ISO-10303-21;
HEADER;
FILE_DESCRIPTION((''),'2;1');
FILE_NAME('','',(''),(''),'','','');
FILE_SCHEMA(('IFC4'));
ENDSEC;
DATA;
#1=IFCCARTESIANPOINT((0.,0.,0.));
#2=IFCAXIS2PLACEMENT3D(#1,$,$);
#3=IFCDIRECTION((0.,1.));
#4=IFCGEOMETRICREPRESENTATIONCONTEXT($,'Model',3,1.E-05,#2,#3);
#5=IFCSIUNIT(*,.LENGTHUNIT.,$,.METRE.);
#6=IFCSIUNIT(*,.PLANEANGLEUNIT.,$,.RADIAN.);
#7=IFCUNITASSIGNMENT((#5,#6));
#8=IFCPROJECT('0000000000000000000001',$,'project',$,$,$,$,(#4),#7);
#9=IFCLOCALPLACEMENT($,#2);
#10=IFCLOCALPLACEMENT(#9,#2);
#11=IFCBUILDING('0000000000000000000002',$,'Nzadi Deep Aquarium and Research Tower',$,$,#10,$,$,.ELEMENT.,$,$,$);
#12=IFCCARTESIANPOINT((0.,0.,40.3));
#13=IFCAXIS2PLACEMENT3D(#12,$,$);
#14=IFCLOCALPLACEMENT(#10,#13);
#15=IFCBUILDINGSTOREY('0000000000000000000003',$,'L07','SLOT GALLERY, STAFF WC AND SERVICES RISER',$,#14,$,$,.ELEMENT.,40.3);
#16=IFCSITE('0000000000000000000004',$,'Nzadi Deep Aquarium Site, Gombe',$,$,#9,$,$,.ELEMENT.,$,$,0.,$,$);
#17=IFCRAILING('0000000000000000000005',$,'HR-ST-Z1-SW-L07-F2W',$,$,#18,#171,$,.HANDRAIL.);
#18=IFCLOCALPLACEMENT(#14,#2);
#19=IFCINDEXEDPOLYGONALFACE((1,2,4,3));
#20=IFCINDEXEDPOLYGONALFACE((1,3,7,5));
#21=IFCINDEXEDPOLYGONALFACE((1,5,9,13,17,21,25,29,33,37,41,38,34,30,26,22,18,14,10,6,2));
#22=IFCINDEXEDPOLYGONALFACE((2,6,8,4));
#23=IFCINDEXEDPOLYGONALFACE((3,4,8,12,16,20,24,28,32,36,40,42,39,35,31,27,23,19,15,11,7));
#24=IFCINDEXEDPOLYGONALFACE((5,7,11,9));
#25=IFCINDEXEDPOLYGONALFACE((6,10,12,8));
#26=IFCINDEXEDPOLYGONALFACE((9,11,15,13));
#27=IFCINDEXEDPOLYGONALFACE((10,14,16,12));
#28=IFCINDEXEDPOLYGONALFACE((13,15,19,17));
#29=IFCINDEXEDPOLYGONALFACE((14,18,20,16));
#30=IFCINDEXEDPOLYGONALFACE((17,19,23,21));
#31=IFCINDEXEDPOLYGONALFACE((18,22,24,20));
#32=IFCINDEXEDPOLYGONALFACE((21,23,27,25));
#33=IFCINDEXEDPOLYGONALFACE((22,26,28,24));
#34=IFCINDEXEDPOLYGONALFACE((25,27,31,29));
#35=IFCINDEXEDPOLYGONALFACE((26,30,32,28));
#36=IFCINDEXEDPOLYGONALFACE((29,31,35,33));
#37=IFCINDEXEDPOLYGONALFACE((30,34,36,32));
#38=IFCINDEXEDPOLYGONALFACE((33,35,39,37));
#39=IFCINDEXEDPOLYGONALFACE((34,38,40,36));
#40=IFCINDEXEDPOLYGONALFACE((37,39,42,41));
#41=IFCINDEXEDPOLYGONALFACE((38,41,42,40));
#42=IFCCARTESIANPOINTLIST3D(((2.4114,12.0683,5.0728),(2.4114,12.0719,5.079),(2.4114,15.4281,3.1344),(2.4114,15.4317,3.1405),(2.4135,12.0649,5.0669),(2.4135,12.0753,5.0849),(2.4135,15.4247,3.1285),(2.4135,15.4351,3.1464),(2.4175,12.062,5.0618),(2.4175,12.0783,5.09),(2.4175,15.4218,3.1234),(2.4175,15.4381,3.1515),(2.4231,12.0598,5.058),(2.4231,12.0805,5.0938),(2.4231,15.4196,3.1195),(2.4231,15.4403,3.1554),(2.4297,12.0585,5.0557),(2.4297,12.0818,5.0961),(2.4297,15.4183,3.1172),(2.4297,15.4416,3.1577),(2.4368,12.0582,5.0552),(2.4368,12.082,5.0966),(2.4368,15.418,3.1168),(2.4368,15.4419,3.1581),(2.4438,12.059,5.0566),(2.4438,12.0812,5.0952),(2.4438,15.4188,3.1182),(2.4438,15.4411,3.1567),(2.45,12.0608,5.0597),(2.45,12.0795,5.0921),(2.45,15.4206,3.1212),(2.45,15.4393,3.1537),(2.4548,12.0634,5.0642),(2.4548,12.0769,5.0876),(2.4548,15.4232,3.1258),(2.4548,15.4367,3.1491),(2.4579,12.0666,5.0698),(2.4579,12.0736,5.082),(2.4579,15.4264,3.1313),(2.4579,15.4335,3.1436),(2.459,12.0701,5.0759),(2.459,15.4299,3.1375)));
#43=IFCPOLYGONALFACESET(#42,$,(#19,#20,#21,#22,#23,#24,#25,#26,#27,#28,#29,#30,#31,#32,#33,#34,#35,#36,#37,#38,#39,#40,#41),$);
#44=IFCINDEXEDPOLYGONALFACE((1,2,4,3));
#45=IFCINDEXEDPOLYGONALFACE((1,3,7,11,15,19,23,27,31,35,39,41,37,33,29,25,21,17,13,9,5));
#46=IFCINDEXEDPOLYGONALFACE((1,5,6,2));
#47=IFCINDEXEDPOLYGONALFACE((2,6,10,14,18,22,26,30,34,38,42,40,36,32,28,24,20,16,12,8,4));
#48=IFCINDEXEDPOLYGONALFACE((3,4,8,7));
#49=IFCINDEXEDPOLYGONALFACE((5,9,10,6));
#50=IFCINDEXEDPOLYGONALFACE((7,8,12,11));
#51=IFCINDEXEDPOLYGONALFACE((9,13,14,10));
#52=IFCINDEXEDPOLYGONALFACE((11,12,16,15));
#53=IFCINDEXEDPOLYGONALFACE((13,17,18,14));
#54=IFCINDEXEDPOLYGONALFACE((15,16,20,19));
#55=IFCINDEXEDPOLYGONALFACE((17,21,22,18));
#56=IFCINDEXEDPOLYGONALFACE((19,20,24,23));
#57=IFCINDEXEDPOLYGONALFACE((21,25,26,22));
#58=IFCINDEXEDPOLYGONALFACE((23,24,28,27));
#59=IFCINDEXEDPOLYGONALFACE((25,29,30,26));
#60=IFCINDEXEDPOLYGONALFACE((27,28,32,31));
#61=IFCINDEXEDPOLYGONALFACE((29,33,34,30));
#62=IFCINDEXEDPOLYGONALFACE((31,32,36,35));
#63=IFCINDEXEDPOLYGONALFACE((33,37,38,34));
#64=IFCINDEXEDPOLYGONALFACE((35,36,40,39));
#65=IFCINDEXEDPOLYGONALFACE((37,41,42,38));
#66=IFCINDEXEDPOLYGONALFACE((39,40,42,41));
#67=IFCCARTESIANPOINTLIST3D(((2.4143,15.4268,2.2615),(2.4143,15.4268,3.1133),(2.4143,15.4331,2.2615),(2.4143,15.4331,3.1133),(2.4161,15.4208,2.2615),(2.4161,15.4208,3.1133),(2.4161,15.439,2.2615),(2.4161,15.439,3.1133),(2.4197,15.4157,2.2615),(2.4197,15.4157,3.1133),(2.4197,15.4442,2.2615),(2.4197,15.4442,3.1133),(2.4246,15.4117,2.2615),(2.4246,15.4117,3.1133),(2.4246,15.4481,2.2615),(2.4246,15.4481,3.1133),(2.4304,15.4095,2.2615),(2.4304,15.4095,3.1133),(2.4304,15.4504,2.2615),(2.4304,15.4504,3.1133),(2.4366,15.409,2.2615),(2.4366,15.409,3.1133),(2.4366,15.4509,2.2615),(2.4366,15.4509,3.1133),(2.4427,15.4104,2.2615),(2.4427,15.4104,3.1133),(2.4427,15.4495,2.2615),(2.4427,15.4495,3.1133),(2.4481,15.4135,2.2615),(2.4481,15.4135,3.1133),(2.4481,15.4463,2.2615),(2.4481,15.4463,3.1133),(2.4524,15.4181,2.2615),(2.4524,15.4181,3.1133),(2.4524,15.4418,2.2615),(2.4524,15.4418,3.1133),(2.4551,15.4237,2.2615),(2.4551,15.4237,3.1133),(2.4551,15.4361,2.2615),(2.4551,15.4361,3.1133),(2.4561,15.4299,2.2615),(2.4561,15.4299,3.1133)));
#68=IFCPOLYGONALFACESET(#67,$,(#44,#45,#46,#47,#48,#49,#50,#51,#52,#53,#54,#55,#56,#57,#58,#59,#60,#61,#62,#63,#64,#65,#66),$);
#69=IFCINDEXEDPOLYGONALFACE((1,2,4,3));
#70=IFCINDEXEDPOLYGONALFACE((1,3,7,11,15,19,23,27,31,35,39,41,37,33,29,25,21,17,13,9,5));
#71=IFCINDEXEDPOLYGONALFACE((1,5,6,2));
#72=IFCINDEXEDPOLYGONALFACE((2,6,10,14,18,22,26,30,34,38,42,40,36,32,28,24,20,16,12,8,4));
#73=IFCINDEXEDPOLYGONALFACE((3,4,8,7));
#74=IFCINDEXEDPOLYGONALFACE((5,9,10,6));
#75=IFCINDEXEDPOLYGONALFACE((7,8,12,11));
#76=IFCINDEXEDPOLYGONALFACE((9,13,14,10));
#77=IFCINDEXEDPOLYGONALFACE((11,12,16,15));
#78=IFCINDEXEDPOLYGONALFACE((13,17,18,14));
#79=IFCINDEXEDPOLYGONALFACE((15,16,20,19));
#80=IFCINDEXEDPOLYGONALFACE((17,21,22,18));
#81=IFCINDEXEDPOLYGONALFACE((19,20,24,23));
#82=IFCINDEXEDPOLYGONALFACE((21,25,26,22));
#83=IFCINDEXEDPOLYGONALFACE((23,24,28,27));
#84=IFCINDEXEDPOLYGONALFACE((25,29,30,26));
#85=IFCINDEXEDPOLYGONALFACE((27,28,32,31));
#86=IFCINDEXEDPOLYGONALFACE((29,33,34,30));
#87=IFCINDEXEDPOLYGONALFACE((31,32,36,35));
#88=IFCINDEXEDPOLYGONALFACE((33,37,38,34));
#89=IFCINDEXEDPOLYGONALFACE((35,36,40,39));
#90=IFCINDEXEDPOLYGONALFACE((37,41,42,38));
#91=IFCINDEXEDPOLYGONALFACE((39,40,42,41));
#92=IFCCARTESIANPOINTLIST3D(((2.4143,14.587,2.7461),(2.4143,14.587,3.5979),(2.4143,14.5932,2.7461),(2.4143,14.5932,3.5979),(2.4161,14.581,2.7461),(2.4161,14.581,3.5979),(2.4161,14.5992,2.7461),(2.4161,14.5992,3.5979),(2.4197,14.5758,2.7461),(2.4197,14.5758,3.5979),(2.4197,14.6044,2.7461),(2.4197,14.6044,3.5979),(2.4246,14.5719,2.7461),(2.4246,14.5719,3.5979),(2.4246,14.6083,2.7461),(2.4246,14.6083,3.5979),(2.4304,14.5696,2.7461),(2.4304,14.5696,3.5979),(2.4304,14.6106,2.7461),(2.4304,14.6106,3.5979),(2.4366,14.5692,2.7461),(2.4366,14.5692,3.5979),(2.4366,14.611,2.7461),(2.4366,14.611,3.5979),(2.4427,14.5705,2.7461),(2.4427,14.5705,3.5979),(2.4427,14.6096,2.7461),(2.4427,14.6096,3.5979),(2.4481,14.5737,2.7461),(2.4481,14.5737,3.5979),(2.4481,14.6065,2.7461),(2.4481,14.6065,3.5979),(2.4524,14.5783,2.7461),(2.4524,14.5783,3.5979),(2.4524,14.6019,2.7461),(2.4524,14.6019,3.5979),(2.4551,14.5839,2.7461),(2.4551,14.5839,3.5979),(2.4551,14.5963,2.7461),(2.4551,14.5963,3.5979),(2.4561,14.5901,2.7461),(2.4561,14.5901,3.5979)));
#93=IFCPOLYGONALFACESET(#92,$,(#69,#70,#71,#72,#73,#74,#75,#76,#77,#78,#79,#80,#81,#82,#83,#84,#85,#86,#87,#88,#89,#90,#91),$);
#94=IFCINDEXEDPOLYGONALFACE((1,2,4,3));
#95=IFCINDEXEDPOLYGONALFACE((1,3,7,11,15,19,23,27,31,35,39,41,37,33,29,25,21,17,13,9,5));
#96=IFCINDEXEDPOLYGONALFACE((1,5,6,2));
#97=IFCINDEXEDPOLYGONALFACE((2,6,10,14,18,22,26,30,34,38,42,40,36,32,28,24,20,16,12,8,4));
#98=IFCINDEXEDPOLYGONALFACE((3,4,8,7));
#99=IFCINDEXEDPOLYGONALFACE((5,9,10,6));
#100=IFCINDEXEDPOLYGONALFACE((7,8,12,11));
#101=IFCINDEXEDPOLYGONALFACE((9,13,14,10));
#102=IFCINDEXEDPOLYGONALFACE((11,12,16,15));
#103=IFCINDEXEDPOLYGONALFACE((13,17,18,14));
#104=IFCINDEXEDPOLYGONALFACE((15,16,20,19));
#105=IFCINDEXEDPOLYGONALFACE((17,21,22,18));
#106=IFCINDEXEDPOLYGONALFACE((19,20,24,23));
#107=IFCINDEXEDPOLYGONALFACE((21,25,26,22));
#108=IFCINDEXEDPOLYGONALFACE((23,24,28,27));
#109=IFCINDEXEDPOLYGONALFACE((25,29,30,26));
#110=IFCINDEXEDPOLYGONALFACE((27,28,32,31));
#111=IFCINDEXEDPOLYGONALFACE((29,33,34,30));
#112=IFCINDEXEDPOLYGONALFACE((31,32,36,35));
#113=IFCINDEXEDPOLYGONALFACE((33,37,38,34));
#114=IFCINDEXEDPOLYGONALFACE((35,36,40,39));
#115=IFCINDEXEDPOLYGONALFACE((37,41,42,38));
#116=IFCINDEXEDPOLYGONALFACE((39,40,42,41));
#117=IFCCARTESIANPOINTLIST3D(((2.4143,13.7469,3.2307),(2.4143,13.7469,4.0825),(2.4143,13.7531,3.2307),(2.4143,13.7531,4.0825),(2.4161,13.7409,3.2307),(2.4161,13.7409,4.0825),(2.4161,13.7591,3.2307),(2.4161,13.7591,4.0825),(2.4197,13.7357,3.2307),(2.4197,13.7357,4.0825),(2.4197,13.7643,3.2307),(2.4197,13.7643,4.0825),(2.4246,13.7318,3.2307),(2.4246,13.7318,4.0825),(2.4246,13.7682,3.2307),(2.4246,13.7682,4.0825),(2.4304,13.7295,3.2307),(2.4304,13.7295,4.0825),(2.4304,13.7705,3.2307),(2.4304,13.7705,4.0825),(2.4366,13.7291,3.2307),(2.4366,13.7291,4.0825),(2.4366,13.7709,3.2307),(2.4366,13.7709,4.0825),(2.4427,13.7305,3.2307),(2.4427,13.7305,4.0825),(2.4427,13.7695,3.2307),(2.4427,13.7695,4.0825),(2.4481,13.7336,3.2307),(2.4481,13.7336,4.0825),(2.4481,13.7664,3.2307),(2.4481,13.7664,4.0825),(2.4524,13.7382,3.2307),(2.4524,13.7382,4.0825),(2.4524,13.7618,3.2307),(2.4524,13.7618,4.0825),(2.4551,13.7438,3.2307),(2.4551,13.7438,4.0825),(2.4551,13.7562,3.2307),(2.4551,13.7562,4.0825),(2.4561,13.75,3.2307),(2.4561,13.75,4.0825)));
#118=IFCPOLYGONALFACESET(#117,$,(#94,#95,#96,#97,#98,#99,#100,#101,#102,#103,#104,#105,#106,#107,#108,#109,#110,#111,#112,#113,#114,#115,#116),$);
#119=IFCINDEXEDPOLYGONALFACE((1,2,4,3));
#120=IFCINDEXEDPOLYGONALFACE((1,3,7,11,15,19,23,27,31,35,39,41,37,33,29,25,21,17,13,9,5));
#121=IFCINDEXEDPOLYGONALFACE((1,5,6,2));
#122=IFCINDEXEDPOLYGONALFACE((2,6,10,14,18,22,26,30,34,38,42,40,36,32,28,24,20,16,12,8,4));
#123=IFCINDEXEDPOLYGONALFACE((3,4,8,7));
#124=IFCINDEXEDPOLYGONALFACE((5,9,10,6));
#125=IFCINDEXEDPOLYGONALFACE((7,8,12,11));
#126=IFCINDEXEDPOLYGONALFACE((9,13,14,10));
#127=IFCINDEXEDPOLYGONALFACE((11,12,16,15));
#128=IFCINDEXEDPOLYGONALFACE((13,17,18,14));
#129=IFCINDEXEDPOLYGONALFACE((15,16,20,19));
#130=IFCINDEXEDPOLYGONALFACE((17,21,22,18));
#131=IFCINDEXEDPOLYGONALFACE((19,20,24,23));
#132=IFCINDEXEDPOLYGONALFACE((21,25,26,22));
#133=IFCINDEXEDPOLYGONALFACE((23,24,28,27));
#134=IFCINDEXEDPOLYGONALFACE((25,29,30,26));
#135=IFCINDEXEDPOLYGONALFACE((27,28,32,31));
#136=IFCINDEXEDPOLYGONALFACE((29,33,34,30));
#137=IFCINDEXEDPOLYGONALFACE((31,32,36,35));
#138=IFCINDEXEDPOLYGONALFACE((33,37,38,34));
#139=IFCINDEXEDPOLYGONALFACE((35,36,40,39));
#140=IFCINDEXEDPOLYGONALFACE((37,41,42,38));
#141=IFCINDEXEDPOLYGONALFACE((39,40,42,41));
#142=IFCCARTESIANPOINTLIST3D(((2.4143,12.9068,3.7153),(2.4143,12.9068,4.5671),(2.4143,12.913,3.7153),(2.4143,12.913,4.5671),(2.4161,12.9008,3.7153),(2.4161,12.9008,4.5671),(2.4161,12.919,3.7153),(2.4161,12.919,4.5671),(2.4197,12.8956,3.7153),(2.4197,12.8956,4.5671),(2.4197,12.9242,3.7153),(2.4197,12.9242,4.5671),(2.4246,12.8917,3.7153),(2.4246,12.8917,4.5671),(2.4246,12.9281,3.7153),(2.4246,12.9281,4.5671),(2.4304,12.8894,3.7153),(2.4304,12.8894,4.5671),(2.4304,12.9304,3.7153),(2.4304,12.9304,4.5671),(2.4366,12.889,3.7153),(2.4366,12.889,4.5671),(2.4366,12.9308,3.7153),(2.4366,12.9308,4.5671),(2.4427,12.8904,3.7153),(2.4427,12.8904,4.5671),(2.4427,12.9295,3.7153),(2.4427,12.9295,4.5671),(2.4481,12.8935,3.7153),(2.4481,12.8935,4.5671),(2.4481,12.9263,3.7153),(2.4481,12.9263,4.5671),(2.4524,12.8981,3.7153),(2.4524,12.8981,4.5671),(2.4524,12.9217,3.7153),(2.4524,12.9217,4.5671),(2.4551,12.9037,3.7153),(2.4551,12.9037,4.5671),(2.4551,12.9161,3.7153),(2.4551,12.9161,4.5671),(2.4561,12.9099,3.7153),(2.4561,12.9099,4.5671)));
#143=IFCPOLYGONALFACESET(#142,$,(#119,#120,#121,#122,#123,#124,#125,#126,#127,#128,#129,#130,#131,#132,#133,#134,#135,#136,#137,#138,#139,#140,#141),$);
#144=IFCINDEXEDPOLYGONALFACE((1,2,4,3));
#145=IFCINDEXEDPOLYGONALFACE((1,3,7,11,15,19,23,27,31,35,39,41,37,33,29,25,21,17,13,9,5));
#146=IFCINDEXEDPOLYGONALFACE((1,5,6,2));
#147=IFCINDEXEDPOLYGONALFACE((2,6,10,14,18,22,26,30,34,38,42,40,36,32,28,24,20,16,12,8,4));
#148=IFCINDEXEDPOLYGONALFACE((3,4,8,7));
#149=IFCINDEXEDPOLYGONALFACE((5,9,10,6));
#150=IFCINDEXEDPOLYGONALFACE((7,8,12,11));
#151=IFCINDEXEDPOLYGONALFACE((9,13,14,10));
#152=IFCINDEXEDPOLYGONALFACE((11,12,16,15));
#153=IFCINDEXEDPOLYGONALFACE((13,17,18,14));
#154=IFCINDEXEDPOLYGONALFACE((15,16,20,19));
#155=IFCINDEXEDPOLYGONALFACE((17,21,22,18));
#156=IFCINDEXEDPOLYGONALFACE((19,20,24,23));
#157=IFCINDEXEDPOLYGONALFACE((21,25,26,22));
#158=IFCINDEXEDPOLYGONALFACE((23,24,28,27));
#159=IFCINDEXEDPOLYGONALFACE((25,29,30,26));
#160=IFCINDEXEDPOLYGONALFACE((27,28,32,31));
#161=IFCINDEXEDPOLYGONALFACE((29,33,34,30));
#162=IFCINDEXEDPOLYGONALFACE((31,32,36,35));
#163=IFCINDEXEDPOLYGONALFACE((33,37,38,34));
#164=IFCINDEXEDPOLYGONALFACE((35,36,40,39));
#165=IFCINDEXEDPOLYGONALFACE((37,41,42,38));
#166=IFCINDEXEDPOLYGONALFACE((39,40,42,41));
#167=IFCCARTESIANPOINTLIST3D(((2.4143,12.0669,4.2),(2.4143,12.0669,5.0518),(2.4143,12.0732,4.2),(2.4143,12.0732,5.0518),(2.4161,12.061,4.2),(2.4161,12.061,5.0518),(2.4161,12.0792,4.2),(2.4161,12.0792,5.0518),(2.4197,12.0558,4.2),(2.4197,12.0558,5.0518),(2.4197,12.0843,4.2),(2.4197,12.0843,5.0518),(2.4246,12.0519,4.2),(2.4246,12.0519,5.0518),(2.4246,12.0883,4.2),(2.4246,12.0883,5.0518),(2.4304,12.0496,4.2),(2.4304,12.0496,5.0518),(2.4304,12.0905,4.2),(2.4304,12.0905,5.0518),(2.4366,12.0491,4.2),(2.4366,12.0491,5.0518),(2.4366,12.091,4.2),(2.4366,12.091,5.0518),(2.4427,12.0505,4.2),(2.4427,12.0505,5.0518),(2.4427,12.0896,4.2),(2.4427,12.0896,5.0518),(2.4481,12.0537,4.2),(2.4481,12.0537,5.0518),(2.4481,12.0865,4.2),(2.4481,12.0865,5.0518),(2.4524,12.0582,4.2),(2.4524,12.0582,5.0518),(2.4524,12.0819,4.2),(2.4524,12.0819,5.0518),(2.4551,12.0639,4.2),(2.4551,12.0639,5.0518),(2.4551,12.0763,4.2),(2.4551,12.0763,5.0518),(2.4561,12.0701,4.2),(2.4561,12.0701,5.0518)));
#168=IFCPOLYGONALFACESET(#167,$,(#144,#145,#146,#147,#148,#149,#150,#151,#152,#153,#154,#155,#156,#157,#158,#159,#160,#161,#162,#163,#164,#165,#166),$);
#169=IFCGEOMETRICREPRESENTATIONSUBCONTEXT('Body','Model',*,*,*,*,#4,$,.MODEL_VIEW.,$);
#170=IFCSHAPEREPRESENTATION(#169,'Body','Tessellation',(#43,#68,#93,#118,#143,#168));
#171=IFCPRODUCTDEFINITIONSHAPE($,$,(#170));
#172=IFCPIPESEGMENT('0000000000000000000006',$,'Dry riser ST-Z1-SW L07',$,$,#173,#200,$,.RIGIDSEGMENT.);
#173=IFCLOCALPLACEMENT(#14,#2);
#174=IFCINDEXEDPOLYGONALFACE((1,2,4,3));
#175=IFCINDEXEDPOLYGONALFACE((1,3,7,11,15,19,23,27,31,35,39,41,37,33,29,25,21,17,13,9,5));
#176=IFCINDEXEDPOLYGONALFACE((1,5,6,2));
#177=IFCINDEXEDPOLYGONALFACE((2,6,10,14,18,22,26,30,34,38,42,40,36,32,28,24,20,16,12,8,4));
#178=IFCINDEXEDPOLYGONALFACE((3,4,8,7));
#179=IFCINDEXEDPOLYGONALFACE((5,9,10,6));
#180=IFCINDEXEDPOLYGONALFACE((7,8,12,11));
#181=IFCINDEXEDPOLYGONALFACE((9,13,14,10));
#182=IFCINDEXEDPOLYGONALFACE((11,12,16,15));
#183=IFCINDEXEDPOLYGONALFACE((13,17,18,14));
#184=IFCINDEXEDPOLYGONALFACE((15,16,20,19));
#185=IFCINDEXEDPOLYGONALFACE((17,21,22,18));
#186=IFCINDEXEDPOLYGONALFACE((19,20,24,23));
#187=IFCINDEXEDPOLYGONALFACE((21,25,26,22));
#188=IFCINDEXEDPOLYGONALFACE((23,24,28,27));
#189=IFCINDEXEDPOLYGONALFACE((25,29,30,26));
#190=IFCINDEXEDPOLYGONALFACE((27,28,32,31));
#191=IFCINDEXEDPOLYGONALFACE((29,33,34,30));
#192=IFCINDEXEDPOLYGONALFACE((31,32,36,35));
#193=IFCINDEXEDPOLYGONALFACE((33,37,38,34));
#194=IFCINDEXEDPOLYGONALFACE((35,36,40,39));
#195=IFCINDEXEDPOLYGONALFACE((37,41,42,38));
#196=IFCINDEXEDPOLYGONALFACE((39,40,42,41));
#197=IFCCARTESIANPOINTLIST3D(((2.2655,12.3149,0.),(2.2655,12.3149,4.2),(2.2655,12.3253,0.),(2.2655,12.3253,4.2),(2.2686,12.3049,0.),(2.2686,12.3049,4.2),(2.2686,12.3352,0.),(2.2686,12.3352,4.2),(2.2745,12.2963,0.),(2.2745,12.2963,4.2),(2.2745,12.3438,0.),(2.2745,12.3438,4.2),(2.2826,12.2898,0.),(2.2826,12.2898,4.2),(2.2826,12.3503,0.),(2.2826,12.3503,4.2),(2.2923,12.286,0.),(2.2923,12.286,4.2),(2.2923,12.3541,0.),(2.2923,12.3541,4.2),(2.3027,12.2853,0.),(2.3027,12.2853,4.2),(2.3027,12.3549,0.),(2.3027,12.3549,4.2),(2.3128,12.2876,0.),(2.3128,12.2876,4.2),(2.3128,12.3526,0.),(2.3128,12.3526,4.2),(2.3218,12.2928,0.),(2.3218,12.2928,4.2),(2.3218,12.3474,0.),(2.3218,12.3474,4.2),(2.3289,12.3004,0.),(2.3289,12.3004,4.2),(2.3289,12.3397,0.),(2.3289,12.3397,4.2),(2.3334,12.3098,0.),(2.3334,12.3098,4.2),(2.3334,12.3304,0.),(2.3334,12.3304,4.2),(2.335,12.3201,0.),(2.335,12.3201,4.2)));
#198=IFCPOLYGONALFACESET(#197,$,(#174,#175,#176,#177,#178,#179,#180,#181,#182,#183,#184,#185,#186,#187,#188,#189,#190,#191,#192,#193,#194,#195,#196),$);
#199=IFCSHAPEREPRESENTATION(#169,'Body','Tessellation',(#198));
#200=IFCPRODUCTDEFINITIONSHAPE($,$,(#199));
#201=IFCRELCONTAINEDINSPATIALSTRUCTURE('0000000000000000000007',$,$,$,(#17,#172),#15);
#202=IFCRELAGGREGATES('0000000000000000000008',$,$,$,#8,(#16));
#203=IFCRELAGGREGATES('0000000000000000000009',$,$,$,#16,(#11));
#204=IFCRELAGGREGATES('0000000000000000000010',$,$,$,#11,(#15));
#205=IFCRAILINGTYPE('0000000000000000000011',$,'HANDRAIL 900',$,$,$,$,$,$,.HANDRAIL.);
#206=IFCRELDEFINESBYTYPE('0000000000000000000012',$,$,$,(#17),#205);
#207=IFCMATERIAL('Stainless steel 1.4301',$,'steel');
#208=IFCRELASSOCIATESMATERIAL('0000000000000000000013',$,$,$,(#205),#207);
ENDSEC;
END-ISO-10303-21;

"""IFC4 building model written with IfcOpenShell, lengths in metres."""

from ifc_helpers import new_model, si_unit, direction, frame, origin, origin_2d, place, context, subcontext, project, spatial, circle, extrude, material, type_object, element, save


model = new_model("IFC4")

# Units and contexts
model_context = context("Model", 3, precision=1e-05, world=origin(), true_north=direction((0.0, 1.0)))
body_context = subcontext(model_context, "Body", "Model", "MODEL_VIEW")
ifc_project = project(units=[si_unit("LENGTHUNIT", "METRE"), si_unit("PLANEANGLEUNIT", "RADIAN")], contexts=[model_context])

# Site, building, storey
site_placement = place(None, origin())
site = spatial("IfcSite", under=ifc_project, at=site_placement, Name="Nzadi Deep Aquarium Site, Gombe", CompositionType="ELEMENT", RefElevation=0.0)
building_placement = place(site_placement, origin())
building = spatial("IfcBuilding", under=site, at=building_placement, Name="Nzadi Deep Aquarium and Research Tower", CompositionType="ELEMENT")
storey_placement = place(building_placement, frame((0.0, 0.0, 40.3)))
storey = spatial("IfcBuildingStorey", under=building, at=storey_placement, Name="L07", Description="SLOT GALLERY, STAFF WC AND SERVICES RISER", CompositionType="ELEMENT", Elevation=40.3)

# Railing
ifc_material_1 = material(Name="Stainless steel 1.4301", Category="steel")
railing_type = type_object("IfcRailingType", Name="HANDRAIL 900", PredefinedType="HANDRAIL", material=ifc_material_1)
railing_placement = place(storey_placement, frame((2.4351, 15.4299, 2.2615)))
element("IfcRailing", 1, at=railing_placement, inside=storey, type_object=railing_type, Name="HR-ST-Z1-SW-L07-F2W", PredefinedType="HANDRAIL", context=body_context, shape_type="SweptSolid", body=[
    extrude(circle(Radius=0.0239, at=origin_2d()), frame((0.0, 0.0, 0.876), z_axis=(0.0, -0.866175, 0.499741), x_axis=(1.0, 0.0, 0.0)), (0.0, 0.0, 1.0), 3.8789),
    extrude(circle(Radius=0.021, at=origin_2d()), origin(), (0.0, 0.0, 1.0), 0.8518),
    extrude(circle(Radius=0.021, at=origin_2d()), frame((0.0, -0.8398, 0.4846)), (0.0, 0.0, 1.0), 0.8518),
    extrude(circle(Radius=0.021, at=origin_2d()), frame((0.0, -1.6799, 0.9692)), (0.0, 0.0, 1.0), 0.8518),
    extrude(circle(Radius=0.021, at=origin_2d()), frame((0.0, -2.52, 1.4539)), (0.0, 0.0, 1.0), 0.8518),
    extrude(circle(Radius=0.021, at=origin_2d()), frame((0.0, -3.3599, 1.9385)), (0.0, 0.0, 1.0), 0.8518),
])

# Pipe segment
pipe_segment_placement = place(storey_placement, frame((2.3, 12.3201, 0.0), z_axis=(0.0, 0.0, 1.0), x_axis=(1.0, 0.0, 0.0)))
element("IfcPipeSegment", 2, at=pipe_segment_placement, inside=storey, Name="Dry riser ST-Z1-SW L07", PredefinedType="RIGIDSEGMENT", context=body_context, shape_type="SweptSolid", body=[
    extrude(circle(Radius=0.0349, at=origin_2d()), origin(), (0.0, 0.0, 1.0), 4.2),
])

save(model, "model.ifc")
